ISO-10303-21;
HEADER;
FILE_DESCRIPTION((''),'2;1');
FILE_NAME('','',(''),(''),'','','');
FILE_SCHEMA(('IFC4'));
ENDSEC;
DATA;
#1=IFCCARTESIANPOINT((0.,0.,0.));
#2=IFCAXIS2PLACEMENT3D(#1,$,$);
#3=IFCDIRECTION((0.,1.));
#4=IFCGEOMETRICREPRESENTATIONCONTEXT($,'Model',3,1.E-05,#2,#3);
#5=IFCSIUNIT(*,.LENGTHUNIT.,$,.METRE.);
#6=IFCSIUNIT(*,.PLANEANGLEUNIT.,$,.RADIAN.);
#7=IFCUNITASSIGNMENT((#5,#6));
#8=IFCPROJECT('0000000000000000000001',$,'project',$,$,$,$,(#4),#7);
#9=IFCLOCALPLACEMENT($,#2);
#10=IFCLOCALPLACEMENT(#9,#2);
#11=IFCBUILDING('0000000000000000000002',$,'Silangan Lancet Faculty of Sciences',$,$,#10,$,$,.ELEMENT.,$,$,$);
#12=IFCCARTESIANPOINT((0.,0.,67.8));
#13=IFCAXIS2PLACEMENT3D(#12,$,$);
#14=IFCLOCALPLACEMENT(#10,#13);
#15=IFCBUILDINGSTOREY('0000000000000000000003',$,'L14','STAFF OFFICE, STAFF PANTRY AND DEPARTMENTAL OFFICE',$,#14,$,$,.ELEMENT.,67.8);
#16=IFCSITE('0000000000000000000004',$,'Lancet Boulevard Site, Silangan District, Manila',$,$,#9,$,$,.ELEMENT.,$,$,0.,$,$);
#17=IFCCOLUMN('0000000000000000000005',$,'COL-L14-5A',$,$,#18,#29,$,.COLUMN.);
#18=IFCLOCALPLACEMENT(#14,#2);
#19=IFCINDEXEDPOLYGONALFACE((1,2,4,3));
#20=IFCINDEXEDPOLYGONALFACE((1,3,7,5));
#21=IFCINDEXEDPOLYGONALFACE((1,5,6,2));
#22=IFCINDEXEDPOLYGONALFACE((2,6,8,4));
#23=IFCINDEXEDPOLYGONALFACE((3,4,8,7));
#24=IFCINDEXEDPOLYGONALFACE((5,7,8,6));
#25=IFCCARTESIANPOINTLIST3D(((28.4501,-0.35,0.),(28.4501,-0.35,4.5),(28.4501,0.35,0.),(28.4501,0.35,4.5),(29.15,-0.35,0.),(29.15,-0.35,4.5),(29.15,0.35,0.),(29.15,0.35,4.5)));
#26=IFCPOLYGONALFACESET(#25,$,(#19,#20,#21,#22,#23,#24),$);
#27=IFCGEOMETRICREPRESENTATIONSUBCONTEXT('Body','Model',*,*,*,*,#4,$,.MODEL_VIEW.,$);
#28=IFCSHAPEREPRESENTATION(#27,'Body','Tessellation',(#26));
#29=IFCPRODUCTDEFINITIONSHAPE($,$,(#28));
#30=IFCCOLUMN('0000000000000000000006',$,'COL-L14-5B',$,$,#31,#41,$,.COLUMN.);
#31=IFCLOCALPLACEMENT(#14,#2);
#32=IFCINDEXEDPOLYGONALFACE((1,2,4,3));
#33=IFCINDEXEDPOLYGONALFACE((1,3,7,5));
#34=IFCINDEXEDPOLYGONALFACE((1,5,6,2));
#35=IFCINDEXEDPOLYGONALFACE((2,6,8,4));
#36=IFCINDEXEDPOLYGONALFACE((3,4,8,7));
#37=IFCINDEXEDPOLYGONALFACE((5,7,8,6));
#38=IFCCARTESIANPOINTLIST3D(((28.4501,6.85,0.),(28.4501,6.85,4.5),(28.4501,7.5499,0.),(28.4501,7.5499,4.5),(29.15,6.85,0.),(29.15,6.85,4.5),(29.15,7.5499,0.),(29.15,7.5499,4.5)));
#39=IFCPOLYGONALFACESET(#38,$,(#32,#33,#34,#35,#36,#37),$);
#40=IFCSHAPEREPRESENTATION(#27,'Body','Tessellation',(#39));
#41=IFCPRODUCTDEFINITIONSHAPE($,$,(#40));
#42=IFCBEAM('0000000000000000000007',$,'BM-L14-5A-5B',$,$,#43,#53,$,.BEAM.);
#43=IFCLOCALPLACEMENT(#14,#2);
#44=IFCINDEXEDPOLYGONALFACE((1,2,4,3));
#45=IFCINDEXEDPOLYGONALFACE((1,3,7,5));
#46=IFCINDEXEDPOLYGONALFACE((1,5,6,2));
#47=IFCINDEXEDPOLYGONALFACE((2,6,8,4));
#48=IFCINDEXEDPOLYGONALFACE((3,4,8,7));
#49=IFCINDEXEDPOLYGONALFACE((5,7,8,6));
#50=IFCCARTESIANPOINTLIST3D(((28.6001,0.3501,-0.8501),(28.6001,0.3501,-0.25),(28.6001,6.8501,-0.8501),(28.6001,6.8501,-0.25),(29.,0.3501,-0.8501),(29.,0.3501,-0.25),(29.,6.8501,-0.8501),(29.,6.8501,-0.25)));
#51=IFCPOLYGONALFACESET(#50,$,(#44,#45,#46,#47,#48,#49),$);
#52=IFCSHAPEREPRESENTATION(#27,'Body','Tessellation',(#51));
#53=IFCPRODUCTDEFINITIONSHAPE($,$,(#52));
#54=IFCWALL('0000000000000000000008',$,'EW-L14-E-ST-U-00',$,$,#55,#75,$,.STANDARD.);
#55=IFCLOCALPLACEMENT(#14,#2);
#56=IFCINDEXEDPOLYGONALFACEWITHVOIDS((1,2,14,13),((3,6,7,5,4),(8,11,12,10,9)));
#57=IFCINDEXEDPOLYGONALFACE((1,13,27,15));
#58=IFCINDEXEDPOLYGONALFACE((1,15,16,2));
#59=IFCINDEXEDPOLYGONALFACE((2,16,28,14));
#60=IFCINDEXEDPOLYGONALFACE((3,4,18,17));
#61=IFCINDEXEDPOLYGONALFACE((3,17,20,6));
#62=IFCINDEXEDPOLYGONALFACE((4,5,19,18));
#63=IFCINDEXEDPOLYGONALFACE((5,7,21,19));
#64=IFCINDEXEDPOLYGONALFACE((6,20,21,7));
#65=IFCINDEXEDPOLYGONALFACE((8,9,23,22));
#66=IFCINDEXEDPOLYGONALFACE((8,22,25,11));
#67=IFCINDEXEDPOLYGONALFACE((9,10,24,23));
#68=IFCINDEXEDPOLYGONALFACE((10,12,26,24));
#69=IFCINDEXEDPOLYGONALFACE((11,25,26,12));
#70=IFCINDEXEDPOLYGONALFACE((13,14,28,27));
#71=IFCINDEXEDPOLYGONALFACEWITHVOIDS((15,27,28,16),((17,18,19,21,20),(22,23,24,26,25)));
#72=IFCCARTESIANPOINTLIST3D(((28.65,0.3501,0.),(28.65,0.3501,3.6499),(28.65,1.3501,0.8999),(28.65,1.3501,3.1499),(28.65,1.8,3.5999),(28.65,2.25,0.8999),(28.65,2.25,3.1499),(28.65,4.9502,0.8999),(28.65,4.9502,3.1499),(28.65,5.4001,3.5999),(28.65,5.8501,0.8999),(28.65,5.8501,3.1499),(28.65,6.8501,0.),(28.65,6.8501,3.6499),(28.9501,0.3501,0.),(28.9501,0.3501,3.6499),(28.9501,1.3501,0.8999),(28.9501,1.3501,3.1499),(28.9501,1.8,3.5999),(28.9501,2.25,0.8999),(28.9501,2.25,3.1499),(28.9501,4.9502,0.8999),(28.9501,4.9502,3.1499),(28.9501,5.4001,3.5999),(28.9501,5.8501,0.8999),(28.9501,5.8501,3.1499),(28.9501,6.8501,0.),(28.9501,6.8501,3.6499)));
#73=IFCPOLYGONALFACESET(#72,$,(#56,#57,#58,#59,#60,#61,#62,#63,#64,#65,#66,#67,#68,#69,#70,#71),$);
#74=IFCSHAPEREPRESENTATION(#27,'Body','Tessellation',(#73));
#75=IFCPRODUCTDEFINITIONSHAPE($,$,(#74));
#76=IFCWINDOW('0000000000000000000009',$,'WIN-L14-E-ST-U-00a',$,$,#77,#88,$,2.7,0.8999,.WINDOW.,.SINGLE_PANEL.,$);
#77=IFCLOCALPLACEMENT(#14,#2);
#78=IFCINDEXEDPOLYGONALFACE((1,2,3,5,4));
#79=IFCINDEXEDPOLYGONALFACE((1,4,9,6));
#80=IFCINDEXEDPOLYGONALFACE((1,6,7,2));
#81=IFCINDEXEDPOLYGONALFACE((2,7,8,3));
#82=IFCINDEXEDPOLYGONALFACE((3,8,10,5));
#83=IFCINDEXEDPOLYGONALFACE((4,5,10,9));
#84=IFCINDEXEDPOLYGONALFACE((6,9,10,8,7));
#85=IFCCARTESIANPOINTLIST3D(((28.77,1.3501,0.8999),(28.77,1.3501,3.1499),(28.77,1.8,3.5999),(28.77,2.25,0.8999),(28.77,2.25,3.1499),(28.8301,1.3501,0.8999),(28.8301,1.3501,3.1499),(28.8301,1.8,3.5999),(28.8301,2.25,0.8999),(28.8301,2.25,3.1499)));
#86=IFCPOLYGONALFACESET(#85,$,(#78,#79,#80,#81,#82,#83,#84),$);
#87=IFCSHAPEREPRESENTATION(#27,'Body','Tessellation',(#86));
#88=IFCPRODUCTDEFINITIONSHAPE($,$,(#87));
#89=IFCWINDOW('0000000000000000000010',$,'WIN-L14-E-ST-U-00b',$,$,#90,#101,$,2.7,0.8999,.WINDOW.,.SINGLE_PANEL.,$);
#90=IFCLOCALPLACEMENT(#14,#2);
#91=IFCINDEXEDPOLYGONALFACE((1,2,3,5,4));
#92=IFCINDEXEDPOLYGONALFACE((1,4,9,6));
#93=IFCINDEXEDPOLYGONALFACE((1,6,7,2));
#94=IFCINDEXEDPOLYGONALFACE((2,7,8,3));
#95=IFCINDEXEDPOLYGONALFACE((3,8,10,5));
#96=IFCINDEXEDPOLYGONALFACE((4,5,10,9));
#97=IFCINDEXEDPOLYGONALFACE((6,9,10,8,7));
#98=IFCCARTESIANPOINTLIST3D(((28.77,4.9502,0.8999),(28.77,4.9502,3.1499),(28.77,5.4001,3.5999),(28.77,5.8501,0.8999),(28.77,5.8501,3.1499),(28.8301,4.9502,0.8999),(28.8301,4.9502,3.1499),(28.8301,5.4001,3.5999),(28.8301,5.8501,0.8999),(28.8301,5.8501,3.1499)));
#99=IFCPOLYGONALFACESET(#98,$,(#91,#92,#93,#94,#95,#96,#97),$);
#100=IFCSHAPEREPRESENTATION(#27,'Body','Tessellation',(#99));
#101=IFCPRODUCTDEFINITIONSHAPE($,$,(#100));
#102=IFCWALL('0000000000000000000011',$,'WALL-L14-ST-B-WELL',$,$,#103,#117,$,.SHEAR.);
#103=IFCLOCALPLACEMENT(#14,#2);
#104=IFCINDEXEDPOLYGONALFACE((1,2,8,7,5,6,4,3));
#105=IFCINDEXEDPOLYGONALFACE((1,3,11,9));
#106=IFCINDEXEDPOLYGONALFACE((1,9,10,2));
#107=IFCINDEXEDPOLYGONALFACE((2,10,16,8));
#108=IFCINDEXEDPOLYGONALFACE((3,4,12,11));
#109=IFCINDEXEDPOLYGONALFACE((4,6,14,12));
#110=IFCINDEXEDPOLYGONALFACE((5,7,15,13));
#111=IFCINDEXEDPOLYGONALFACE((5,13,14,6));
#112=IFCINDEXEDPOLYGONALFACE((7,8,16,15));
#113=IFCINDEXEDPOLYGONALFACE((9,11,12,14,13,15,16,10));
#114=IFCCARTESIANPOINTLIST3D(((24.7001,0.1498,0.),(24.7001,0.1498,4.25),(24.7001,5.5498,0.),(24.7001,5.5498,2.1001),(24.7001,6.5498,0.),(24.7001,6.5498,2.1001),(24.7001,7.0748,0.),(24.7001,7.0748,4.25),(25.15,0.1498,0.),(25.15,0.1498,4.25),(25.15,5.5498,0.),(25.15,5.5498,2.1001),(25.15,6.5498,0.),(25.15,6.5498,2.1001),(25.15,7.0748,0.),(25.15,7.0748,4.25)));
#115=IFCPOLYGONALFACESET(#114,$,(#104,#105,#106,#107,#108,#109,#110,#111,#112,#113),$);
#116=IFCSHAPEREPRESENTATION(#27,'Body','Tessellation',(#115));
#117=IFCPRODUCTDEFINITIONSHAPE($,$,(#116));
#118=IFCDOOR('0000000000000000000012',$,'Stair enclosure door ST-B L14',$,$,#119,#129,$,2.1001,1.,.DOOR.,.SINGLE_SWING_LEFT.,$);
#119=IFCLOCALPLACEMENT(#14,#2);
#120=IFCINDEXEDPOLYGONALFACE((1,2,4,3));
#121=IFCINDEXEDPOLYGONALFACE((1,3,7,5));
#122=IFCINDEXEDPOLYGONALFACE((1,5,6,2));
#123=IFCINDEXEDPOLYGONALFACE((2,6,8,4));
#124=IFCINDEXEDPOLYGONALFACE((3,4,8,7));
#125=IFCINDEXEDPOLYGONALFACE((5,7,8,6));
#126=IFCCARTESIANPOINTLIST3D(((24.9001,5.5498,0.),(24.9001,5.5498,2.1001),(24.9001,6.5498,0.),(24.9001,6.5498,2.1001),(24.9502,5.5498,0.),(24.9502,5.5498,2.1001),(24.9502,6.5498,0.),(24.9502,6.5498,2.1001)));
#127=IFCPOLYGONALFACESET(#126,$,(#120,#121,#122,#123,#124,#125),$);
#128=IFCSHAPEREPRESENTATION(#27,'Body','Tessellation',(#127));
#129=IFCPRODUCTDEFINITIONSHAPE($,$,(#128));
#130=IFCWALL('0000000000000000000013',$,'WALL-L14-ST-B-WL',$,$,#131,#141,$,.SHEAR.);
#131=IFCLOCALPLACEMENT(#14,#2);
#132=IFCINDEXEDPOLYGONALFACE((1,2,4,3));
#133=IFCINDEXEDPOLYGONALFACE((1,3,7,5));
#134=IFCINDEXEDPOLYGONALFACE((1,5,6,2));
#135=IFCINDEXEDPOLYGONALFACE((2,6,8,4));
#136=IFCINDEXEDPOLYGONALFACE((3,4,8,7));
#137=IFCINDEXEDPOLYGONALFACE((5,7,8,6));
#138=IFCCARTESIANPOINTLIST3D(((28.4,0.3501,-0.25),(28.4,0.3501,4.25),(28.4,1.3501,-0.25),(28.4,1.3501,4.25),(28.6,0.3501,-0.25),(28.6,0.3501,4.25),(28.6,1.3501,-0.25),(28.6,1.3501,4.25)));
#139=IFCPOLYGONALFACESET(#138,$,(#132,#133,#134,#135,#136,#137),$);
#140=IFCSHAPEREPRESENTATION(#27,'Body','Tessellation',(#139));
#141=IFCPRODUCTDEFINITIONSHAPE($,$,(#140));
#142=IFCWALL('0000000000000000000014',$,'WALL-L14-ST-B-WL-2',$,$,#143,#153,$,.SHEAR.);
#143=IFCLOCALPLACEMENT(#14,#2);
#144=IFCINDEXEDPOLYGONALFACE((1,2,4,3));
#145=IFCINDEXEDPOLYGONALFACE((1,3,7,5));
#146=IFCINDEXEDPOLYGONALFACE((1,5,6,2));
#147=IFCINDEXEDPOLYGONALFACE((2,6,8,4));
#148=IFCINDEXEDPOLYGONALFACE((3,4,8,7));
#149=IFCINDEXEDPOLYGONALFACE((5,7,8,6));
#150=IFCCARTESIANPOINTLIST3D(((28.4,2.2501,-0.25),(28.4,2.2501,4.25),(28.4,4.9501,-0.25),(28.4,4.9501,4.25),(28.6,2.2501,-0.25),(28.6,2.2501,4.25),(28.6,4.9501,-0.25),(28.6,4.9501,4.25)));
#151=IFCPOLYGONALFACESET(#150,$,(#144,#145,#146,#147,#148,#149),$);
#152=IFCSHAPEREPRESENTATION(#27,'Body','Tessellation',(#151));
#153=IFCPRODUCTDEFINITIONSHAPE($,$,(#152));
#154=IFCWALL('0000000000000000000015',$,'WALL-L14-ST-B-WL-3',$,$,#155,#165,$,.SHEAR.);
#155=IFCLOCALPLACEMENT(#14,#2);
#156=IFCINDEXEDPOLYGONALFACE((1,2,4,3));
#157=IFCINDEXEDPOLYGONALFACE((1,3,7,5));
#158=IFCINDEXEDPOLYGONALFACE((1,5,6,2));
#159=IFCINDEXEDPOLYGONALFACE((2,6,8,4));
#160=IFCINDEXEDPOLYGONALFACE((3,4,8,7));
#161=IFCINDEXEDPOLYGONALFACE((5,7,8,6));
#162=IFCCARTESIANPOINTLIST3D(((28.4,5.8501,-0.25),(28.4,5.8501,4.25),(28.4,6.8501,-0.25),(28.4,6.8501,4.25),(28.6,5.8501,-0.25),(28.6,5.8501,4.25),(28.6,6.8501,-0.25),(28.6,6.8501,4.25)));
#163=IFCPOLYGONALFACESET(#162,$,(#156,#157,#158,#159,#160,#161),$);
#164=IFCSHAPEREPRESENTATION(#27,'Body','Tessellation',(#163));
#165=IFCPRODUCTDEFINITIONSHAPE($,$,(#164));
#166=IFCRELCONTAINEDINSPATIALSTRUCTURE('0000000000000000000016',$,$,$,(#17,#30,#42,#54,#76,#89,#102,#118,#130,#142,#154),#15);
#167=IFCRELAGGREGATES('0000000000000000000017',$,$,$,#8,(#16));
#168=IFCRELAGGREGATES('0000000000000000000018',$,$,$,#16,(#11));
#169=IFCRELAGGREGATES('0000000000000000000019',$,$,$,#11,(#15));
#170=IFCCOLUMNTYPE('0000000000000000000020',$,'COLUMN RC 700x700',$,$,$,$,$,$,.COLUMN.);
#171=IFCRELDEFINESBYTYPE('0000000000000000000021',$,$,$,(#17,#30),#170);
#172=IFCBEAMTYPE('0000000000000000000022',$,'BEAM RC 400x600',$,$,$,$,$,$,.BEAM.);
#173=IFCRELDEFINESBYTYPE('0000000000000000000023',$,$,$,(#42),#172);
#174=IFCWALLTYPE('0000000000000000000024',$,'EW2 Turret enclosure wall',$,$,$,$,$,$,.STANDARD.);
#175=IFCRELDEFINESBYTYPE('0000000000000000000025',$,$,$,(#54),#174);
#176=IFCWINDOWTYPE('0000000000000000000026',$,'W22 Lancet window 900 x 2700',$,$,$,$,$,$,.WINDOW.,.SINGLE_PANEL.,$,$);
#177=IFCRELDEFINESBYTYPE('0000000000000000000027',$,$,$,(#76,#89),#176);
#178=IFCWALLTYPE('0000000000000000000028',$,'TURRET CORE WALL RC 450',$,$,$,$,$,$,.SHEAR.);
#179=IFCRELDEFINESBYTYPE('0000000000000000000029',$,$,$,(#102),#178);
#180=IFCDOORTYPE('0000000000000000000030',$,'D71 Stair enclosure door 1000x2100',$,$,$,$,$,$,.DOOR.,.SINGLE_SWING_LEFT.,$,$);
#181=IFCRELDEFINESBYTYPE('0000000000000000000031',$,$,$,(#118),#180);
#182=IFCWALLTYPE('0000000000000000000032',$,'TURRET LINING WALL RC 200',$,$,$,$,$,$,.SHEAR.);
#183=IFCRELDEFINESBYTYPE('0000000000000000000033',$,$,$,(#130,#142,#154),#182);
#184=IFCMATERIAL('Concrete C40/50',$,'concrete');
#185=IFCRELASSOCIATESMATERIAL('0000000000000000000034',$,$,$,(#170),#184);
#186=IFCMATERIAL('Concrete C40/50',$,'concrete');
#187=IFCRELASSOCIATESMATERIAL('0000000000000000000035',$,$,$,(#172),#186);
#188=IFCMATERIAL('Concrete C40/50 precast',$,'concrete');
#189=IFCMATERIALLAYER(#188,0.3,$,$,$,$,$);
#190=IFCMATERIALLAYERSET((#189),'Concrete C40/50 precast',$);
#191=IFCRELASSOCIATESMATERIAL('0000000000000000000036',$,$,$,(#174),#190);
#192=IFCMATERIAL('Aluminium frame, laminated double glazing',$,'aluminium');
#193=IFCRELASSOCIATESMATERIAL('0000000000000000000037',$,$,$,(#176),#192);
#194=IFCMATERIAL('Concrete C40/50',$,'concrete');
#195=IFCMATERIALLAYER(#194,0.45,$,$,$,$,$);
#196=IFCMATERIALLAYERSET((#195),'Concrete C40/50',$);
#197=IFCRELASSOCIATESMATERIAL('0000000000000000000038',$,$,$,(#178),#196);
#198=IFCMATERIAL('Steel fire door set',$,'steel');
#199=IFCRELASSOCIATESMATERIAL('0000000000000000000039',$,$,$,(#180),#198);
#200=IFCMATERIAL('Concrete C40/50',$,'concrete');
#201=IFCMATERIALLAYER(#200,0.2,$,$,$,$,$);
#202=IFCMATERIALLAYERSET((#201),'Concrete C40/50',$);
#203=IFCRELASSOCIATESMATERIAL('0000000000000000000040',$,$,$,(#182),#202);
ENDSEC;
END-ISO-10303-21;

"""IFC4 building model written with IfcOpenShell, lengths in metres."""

from ifc_helpers import new_model, si_unit, direction, frame, frame_2d, origin, origin_2d, place, context, subcontext, project, spatial, polyline, rectangle, outline, extrude, material, layer, layer_set, material_profile, profile_set, type_object, element, fill, save


model = new_model("IFC4")

# Units and contexts
model_context = context("Model", 3, precision=1e-05, world=origin(), true_north=direction((0.0, 1.0)))
body_context = subcontext(model_context, "Body", "Model", "MODEL_VIEW")
ifc_project = project(units=[si_unit("LENGTHUNIT", "METRE"), si_unit("PLANEANGLEUNIT", "RADIAN")], contexts=[model_context])

# Site, building, storey
site_placement = place(None, origin())
site = spatial("IfcSite", under=ifc_project, at=site_placement, Name="Lancet Boulevard Site, Silangan District, Manila", CompositionType="ELEMENT", RefElevation=0.0)
building_placement = place(site_placement, origin())
building = spatial("IfcBuilding", under=site, at=building_placement, Name="Silangan Lancet Faculty of Sciences", CompositionType="ELEMENT")
storey_placement = place(building_placement, frame((0.0, 0.0, 67.8)))
storey = spatial("IfcBuildingStorey", under=building, at=storey_placement, Name="L14", Description="STAFF OFFICE, STAFF PANTRY AND DEPARTMENTAL OFFICE", CompositionType="ELEMENT", Elevation=67.8)

# Columns
ifc_material_1 = material(Name="Concrete C40/50", Category="concrete")
ifc_material_profile_1 = material_profile(ifc_material_1, rectangle(XDim=0.7, YDim=0.7, at=origin_2d()), Name="RC 700x700")
ifc_profile_set_1 = profile_set([ifc_material_profile_1], Name="Concrete C40/50")
column_type = type_object("IfcColumnType", Name="COLUMN RC 700x700", PredefinedType="COLUMN", material=ifc_profile_set_1)
for number, where, z_axis, x_axis, name in (
    (1, (28.8, 0.0, 0.0), (0.0, 0.0, 1.0), (1.0, 0.0, 0.0), "COL-L14-5A"),
    (2, (28.8, 7.2, 0.0), (0.0, 0.0, 1.0), (1.0, 0.0, 0.0), "COL-L14-5B"),
):
    element("IfcColumn", number, at=place(storey_placement, frame(where, z_axis=z_axis, x_axis=x_axis)), inside=storey, type_object=column_type, Name=name, PredefinedType="COLUMN", context=body_context, shape_type="SweptSolid", body=[
        extrude(rectangle(XDim=0.7, YDim=0.7, at=origin_2d()), origin(), (0.0, 0.0, 1.0), 4.5),
    ])

# Beam
ifc_material_2 = material(Name="Concrete C40/50", Category="concrete")
ifc_material_profile_2 = material_profile(ifc_material_2, rectangle(XDim=0.3999, YDim=0.6001, at=origin_2d()), Name="RC 400x600")
ifc_profile_set_2 = profile_set([ifc_material_profile_2], Name="Concrete C40/50")
beam_type = type_object("IfcBeamType", Name="BEAM RC 400x600", PredefinedType="BEAM", material=ifc_profile_set_2)
beam_placement = place(storey_placement, frame((28.8, 0.3501, -0.55), z_axis=(0.0, 1.0, 0.0), x_axis=(-1.0, 0.0, 0.0)))
element("IfcBeam", 3, at=beam_placement, inside=storey, type_object=beam_type, Name="BM-L14-5A-5B", PredefinedType="BEAM", context=body_context, shape_type="SweptSolid", body=[
    extrude(rectangle(XDim=0.3999, YDim=0.6001, at=origin_2d()), origin(), (0.0, 0.0, 1.0), 6.5),
])

# Wall, openings, windows
ifc_material_3 = material(Name="Concrete C40/50 precast", Category="concrete")
ifc_layer_1 = layer(ifc_material_3, 0.3)
ifc_layer_set_1 = layer_set([ifc_layer_1], Name="Concrete C40/50 precast")
wall_type_1 = type_object("IfcWallType", Name="EW2 Turret enclosure wall", PredefinedType="STANDARD", material=ifc_layer_set_1)
wall_1_placement = place(storey_placement, frame((28.8, 0.3501, 0.0), z_axis=(0.0, 0.0, 1.0), x_axis=(0.0, 1.0, 0.0)))
wall_1 = element("IfcWall", 4, at=wall_1_placement, inside=storey, type_object=wall_type_1, Name="EW-L14-E-ST-U-00", PredefinedType="STANDARD", context=body_context, shape_type="SweptSolid", body=[
    extrude(rectangle(XDim=6.5, YDim=0.3, at=frame_2d((3.25, 0.0))), origin(), (0.0, 0.0, 1.0), 3.6499),
])
opening_1_placement = place(wall_1_placement, frame((1.0, 0.0, 0.8999)))
opening_1 = element("IfcOpeningElement", 5, at=opening_1_placement, cuts=wall_1, PredefinedType="OPENING", context=body_context, shape_type="SweptSolid", body=[
    extrude(outline(polyline([(0.0, 0.0), (0.8999, 0.0), (0.8999, 2.25), (0.45, 2.7), (0.0, 2.25), (0.0, 0.0)])), frame((0.0, 0.1599, 0.0), z_axis=(0.0, -1.0, 0.0), x_axis=(1.0, 0.0, 0.0)), (0.0, 0.0, 1.0), 0.3201),
])
opening_2_placement = place(wall_1_placement, frame((4.6001, 0.0, 0.8999)))
opening_2 = element("IfcOpeningElement", 6, at=opening_2_placement, cuts=wall_1, PredefinedType="OPENING", context=body_context, shape_type="SweptSolid", body=[
    extrude(outline(polyline([(0.0, 0.0), (0.8999, 0.0), (0.8999, 2.25), (0.45, 2.7), (0.0, 2.25), (0.0, 0.0)])), frame((0.0, 0.1599, 0.0), z_axis=(0.0, -1.0, 0.0), x_axis=(1.0, 0.0, 0.0)), (0.0, 0.0, 1.0), 0.3201),
])
ifc_material_4 = material(Name="Aluminium frame, laminated double glazing", Category="aluminium")
window_type = type_object("IfcWindowType", Name="W22 Lancet window 900 x 2700", PartitioningType="SINGLE_PANEL", PredefinedType="WINDOW", material=ifc_material_4)
window_1_placement = place(opening_1_placement, origin())
window_1 = element("IfcWindow", 7, at=window_1_placement, inside=storey, type_object=window_type, Name="WIN-L14-E-ST-U-00a", OverallHeight=2.7, OverallWidth=0.8999, PartitioningType="SINGLE_PANEL", PredefinedType="WINDOW", context=body_context, shape_type="SweptSolid", body=[
    extrude(outline(polyline([(0.0, 0.0), (0.8999, 0.0), (0.8999, 2.25), (0.45, 2.7), (0.0, 2.25), (0.0, 0.0)])), frame((0.0, 0.03, 0.0), z_axis=(0.0, -1.0, 0.0), x_axis=(1.0, 0.0, 0.0)), (0.0, 0.0, 1.0), 0.0601),
])
fill(opening_1, window_1)
window_2_placement = place(opening_2_placement, origin())
window_2 = element("IfcWindow", 8, at=window_2_placement, inside=storey, type_object=window_type, Name="WIN-L14-E-ST-U-00b", OverallHeight=2.7, OverallWidth=0.8999, PartitioningType="SINGLE_PANEL", PredefinedType="WINDOW", context=body_context, shape_type="SweptSolid", body=[
    extrude(outline(polyline([(0.0, 0.0), (0.8999, 0.0), (0.8999, 2.25), (0.45, 2.7), (0.0, 2.25), (0.0, 0.0)])), frame((0.0, 0.03, 0.0), z_axis=(0.0, -1.0, 0.0), x_axis=(1.0, 0.0, 0.0)), (0.0, 0.0, 1.0), 0.0601),
])
fill(opening_2, window_2)

# Wall, opening, door
ifc_material_5 = material(Name="Concrete C40/50", Category="concrete")
ifc_layer_2 = layer(ifc_material_5, 0.45)
ifc_layer_set_2 = layer_set([ifc_layer_2], Name="Concrete C40/50")
wall_type_2 = type_object("IfcWallType", Name="TURRET CORE WALL RC 450", PredefinedType="SHEAR", material=ifc_layer_set_2)
wall_2_placement = place(storey_placement, frame((24.925, 0.1499, 0.0), z_axis=(0.0, 0.0, 1.0), x_axis=(0.0, 1.0, 0.0)))
wall_2 = element("IfcWall", 9, at=wall_2_placement, inside=storey, type_object=wall_type_2, Name="WALL-L14-ST-B-WELL", PredefinedType="SHEAR", context=body_context, shape_type="SweptSolid", body=[
    extrude(rectangle(XDim=6.925, YDim=0.45, at=frame_2d((3.4624, 0.0))), origin(), (0.0, 0.0, 1.0), 4.25),
])
opening_3_placement = place(wall_2_placement, frame((5.3999, 0.0, 0.0)))
opening_3 = element("IfcOpeningElement", 10, at=opening_3_placement, cuts=wall_2, PredefinedType="OPENING", context=body_context, shape_type="SweptSolid", body=[
    extrude(rectangle(XDim=1.0, YDim=2.1001, at=frame_2d((0.5, 1.05))), frame((0.0, 0.2349, 0.0), z_axis=(0.0, -1.0, 0.0), x_axis=(1.0, 0.0, 0.0)), (0.0, 0.0, 1.0), 0.47),
])
ifc_material_6 = material(Name="Steel fire door set", Category="steel")
door_type = type_object("IfcDoorType", Name="D71 Stair enclosure door 1000x2100", OperationType="SINGLE_SWING_LEFT", PredefinedType="DOOR", material=ifc_material_6)
door_placement = place(opening_3_placement, frame((1.0, 0.0, 0.0), z_axis=(0.0, 0.0, 1.0), x_axis=(-1.0, 0.0, 0.0)))
door = element("IfcDoor", 11, at=door_placement, inside=storey, type_object=door_type, Name="Stair enclosure door ST-B L14", OperationType="SINGLE_SWING_LEFT", OverallHeight=2.1001, OverallWidth=1.0, PredefinedType="DOOR", context=body_context, shape_type="SweptSolid", body=[
    extrude(rectangle(XDim=1.0, YDim=2.1001, at=frame_2d((0.5, 1.05))), frame((0.0, 0.0251, 0.0), z_axis=(0.0, -1.0, 0.0), x_axis=(1.0, 0.0, 0.0)), (0.0, 0.0, 1.0), 0.05),
])
fill(opening_3, door)

# Walls
ifc_material_7 = material(Name="Concrete C40/50", Category="concrete")
ifc_layer_3 = layer(ifc_material_7, 0.2)
ifc_layer_set_3 = layer_set([ifc_layer_3], Name="Concrete C40/50")
wall_type_3 = type_object("IfcWallType", Name="TURRET LINING WALL RC 200", PredefinedType="SHEAR", material=ifc_layer_set_3)
wall_3_placement = place(storey_placement, frame((28.5, 0.3501, -0.25), z_axis=(0.0, 0.0, 1.0), x_axis=(0.0, 1.0, 0.0)))
element("IfcWall", 12, at=wall_3_placement, inside=storey, type_object=wall_type_3, Name="WALL-L14-ST-B-WL", PredefinedType="SHEAR", context=body_context, shape_type="SweptSolid", body=[
    extrude(rectangle(XDim=1.0, YDim=0.2, at=frame_2d((0.5, 0.0))), origin(), (0.0, 0.0, 1.0), 4.5),
])
wall_4_placement = place(storey_placement, frame((28.5, 2.25, -0.25), z_axis=(0.0, 0.0, 1.0), x_axis=(0.0, 1.0, 0.0)))
element("IfcWall", 13, at=wall_4_placement, inside=storey, type_object=wall_type_3, Name="WALL-L14-ST-B-WL-2", PredefinedType="SHEAR", context=body_context, shape_type="SweptSolid", body=[
    extrude(rectangle(XDim=2.7, YDim=0.2, at=frame_2d((1.3501, 0.0))), origin(), (0.0, 0.0, 1.0), 4.5),
])
wall_5_placement = place(storey_placement, frame((28.5, 5.8501, -0.25), z_axis=(0.0, 0.0, 1.0), x_axis=(0.0, 1.0, 0.0)))
element("IfcWall", 14, at=wall_5_placement, inside=storey, type_object=wall_type_3, Name="WALL-L14-ST-B-WL-3", PredefinedType="SHEAR", context=body_context, shape_type="SweptSolid", body=[
    extrude(rectangle(XDim=1.0, YDim=0.2, at=frame_2d((0.5, 0.0))), origin(), (0.0, 0.0, 1.0), 4.5),
])

save(model, "model.ifc")
